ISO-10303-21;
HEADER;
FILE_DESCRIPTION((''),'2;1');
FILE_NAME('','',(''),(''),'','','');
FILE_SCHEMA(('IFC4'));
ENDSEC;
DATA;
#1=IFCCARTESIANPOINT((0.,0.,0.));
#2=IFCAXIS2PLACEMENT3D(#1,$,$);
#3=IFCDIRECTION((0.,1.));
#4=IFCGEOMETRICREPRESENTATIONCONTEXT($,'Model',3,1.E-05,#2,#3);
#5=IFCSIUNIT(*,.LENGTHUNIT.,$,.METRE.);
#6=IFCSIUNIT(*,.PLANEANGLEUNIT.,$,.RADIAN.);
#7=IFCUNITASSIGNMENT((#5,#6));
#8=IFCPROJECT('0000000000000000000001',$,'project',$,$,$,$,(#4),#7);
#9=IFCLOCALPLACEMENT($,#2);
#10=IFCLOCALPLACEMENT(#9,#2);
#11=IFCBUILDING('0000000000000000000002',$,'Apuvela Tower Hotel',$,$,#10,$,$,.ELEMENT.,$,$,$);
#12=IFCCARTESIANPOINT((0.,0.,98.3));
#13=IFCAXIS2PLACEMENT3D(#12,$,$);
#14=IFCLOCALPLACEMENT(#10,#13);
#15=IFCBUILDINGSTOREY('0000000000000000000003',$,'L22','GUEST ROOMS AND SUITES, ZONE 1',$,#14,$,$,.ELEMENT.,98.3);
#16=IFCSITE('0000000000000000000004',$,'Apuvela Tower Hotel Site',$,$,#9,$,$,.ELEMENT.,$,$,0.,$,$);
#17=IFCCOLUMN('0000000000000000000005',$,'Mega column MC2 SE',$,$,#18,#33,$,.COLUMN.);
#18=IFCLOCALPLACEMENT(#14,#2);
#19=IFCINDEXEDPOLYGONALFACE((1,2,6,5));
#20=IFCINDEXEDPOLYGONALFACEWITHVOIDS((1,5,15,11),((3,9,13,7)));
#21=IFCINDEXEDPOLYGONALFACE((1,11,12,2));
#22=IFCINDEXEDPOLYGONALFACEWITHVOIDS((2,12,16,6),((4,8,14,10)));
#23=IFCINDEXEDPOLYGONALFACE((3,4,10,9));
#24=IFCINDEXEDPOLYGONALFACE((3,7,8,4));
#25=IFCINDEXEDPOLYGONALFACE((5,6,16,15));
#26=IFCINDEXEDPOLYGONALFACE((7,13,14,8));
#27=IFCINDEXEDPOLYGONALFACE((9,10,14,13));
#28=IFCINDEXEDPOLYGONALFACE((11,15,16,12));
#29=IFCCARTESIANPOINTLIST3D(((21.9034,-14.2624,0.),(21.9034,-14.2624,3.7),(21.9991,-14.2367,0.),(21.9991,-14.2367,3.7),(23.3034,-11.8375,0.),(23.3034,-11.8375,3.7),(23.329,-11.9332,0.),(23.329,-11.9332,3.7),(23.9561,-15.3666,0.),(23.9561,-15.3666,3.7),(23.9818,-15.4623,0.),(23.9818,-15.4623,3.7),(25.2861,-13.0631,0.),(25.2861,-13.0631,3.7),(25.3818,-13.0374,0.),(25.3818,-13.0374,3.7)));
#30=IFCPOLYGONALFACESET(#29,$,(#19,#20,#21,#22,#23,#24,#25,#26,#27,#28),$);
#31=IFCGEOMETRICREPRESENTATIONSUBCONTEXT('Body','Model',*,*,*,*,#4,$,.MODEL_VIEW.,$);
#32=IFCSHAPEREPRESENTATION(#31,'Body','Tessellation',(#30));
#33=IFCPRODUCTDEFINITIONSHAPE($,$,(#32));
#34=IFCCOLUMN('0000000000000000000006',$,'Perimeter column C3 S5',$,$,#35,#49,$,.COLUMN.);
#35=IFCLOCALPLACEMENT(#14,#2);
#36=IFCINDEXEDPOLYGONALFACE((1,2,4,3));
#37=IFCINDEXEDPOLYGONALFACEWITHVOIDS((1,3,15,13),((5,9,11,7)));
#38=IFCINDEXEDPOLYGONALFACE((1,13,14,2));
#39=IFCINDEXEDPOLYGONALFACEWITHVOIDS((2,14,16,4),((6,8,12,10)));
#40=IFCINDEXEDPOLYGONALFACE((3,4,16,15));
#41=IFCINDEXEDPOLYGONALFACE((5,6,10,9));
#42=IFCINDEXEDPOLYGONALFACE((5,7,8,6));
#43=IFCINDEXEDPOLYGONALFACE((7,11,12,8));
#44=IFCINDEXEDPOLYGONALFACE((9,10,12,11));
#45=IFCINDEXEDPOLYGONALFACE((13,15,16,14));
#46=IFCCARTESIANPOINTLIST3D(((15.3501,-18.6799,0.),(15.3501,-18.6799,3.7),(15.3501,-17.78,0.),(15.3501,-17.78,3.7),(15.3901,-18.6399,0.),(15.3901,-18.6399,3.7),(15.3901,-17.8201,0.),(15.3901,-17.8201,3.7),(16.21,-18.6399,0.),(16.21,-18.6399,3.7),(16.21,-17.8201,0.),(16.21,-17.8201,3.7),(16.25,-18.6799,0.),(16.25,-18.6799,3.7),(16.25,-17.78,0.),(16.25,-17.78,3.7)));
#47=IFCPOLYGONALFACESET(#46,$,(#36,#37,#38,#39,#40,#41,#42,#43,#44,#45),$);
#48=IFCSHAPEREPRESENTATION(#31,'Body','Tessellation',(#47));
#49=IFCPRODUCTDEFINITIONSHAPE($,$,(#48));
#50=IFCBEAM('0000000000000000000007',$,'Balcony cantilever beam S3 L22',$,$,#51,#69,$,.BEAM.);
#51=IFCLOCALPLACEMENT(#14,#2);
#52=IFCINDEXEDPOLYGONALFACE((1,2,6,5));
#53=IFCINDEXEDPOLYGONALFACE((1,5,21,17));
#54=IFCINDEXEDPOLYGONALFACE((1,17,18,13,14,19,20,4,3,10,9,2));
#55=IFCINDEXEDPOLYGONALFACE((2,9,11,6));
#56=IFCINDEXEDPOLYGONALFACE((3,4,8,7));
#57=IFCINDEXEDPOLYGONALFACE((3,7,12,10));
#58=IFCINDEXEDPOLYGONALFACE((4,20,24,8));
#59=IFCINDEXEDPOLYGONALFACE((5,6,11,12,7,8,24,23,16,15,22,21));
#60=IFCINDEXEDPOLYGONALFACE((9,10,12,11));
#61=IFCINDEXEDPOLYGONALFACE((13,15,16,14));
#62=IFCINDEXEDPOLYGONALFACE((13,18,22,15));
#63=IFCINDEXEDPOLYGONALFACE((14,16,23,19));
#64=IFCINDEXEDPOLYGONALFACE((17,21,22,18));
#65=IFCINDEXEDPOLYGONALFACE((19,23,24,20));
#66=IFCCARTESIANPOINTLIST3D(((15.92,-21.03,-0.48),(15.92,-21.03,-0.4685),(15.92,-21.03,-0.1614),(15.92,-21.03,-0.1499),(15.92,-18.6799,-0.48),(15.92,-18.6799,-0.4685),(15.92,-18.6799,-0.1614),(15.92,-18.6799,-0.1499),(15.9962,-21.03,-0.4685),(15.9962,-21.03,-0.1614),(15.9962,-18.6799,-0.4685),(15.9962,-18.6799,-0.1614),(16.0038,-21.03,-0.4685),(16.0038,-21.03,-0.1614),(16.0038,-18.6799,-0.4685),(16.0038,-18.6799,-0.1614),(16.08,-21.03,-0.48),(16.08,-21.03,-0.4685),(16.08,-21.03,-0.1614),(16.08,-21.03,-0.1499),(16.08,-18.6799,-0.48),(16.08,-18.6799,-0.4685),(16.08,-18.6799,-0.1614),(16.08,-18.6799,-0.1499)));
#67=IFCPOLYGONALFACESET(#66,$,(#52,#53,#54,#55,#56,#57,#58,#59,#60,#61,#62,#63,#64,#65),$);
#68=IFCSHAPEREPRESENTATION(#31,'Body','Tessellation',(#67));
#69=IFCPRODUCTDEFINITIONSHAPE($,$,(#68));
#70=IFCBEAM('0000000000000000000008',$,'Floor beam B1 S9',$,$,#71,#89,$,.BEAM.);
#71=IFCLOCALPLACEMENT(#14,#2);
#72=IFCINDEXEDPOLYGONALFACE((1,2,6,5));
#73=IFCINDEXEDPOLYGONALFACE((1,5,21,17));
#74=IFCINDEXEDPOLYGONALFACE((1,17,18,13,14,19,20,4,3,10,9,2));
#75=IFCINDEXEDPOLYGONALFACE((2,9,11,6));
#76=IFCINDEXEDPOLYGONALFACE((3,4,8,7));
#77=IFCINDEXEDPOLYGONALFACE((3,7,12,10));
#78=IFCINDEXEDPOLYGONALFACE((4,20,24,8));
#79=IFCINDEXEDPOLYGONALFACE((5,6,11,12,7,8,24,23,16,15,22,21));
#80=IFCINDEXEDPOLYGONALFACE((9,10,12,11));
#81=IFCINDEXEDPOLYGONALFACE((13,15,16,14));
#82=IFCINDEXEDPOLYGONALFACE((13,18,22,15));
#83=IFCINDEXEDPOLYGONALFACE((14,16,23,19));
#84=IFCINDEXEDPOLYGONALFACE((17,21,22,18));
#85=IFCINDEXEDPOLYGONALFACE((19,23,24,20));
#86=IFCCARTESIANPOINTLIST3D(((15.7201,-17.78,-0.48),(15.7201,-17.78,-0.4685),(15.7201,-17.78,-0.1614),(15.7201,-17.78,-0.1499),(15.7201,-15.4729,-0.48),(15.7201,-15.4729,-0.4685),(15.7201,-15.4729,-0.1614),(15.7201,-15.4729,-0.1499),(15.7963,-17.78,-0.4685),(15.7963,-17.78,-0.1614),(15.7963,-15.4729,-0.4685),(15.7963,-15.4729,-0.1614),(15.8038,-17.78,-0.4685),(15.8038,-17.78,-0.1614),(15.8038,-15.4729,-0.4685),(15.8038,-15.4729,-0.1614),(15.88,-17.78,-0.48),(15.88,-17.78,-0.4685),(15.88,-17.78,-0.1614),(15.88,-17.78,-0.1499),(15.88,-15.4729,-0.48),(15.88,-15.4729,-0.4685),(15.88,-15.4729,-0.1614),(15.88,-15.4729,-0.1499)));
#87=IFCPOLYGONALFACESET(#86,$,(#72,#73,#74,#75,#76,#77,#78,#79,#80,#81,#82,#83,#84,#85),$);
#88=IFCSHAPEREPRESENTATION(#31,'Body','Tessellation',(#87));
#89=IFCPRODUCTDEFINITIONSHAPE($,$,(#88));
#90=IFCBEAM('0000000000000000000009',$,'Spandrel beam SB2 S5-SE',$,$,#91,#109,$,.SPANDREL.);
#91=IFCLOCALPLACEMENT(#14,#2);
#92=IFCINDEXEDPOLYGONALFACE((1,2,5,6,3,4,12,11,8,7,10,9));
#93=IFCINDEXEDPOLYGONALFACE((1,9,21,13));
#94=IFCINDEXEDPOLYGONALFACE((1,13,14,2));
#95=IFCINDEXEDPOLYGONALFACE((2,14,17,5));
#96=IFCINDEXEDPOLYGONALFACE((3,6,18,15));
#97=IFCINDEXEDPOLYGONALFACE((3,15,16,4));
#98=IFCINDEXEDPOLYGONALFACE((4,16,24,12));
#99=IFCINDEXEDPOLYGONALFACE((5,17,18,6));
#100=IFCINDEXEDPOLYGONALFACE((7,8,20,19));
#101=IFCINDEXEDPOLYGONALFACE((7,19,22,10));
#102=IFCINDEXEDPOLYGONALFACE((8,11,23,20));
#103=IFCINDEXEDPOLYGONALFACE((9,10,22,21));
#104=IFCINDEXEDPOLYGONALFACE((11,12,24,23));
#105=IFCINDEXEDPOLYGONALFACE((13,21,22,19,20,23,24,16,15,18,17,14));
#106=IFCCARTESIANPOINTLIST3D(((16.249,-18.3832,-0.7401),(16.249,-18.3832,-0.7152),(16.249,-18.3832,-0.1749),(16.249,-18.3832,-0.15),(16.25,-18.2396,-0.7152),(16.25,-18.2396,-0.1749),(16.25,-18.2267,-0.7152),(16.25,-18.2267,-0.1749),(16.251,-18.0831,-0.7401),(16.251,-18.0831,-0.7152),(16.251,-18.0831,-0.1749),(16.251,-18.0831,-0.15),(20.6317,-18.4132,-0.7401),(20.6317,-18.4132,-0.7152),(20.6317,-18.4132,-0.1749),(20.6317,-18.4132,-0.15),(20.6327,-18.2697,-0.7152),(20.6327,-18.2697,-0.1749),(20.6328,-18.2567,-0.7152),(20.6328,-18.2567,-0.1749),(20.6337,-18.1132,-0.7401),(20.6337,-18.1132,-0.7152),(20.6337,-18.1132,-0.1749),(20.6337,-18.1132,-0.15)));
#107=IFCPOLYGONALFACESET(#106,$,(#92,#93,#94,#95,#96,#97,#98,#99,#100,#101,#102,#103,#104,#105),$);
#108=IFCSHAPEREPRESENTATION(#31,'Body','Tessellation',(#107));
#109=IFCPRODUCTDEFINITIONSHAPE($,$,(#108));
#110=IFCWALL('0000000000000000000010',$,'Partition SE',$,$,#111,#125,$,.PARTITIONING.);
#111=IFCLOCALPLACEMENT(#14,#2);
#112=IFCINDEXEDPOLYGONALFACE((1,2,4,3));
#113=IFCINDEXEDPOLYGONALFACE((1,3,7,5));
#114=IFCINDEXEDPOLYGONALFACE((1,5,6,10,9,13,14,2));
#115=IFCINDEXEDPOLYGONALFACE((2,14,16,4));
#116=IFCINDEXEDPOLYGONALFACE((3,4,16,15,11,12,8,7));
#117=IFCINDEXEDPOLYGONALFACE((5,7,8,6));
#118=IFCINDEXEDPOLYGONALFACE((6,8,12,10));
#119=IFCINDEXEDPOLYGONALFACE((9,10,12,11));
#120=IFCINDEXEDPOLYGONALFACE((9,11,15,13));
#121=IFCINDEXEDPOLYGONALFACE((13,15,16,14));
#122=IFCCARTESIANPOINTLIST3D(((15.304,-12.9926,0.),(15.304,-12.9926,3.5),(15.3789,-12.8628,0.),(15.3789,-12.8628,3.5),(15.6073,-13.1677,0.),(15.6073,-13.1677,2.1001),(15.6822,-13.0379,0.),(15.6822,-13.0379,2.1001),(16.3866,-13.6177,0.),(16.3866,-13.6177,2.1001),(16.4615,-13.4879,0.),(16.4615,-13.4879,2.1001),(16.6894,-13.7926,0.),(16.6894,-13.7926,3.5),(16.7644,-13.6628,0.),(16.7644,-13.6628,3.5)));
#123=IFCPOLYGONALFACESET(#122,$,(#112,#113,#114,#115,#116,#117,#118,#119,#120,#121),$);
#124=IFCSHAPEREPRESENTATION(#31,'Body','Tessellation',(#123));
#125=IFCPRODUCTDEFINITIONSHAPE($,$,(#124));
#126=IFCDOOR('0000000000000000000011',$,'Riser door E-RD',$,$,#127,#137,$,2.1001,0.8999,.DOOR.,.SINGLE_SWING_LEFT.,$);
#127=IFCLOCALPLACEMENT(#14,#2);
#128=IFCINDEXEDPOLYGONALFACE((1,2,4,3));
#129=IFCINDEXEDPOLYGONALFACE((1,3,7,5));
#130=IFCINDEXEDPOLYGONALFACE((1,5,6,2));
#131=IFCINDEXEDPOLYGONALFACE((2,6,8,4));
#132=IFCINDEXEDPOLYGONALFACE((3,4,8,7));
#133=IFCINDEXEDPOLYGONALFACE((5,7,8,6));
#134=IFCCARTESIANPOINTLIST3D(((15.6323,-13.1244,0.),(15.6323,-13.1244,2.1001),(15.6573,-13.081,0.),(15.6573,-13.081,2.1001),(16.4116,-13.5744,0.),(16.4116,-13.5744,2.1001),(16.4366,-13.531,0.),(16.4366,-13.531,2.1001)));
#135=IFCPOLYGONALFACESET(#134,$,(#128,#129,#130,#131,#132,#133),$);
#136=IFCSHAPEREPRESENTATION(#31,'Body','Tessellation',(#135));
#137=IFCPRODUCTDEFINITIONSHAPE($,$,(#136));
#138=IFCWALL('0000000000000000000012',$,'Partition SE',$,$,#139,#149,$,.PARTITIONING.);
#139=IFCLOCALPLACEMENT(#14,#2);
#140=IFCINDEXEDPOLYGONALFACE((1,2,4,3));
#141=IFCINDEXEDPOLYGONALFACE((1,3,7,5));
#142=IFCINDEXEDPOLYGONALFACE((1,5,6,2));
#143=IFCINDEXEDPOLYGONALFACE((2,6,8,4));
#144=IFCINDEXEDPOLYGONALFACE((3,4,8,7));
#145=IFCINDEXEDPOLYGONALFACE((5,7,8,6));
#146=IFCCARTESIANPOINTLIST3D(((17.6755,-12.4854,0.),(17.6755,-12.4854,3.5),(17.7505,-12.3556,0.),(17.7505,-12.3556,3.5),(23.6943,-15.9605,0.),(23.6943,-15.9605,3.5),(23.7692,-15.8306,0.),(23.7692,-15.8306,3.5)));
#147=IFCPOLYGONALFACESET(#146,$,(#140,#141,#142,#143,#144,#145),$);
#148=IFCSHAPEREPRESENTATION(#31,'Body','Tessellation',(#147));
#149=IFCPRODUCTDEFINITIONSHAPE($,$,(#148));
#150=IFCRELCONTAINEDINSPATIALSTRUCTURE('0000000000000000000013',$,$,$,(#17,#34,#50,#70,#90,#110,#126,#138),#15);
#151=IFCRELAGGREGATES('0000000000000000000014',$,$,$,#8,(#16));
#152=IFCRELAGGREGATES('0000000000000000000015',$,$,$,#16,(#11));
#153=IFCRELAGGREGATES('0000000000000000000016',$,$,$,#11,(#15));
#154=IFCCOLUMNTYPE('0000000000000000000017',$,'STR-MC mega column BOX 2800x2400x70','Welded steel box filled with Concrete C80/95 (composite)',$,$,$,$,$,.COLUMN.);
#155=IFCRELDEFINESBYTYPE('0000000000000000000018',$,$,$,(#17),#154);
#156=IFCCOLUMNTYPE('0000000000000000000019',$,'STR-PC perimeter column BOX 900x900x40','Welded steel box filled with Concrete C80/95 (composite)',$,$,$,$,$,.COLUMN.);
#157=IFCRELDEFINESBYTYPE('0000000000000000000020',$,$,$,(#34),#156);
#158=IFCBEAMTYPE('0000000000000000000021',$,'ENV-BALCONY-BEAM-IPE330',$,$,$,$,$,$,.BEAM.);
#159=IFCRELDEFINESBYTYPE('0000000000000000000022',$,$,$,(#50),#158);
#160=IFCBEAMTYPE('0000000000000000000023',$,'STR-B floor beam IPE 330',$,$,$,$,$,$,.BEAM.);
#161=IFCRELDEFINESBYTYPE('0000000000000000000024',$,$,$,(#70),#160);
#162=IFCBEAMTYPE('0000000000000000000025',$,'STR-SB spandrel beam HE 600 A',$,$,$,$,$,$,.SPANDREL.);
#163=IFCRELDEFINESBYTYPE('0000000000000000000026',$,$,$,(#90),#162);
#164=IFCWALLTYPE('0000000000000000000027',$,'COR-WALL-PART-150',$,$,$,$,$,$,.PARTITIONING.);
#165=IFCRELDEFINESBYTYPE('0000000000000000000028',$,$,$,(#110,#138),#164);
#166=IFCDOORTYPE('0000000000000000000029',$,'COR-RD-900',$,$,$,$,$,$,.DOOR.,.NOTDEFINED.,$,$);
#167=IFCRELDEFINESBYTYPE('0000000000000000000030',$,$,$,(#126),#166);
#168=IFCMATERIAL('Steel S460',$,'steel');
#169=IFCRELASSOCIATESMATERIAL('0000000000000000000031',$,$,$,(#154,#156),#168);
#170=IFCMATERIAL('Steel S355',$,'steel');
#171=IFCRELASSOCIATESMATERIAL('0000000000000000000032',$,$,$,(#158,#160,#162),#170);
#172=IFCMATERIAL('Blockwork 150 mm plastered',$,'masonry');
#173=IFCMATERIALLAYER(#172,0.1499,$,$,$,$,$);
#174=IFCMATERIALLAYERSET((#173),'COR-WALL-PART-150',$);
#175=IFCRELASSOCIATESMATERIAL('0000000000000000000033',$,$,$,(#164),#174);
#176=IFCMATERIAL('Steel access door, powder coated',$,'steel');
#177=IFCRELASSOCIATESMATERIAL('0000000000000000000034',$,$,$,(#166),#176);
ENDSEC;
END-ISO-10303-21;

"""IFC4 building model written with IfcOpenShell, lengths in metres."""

from ifc_helpers import new_model, si_unit, direction, frame, frame_2d, origin, origin_2d, place, context, subcontext, project, spatial, rectangle, hollow_rectangle, i_section, extrude, material, layer, layer_set, material_profile, profile_set, type_object, element, fill, save


model = new_model("IFC4")

# Units and contexts
model_context = context("Model", 3, precision=1e-05, world=origin(), true_north=direction((0.0, 1.0)))
body_context = subcontext(model_context, "Body", "Model", "MODEL_VIEW")
ifc_project = project(units=[si_unit("LENGTHUNIT", "METRE"), si_unit("PLANEANGLEUNIT", "RADIAN")], contexts=[model_context])

# Site, building, storey
site_placement = place(None, origin())
site = spatial("IfcSite", under=ifc_project, at=site_placement, Name="Apuvela Tower Hotel Site", CompositionType="ELEMENT", RefElevation=0.0)
building_placement = place(site_placement, origin())
building = spatial("IfcBuilding", under=site, at=building_placement, Name="Apuvela Tower Hotel", CompositionType="ELEMENT")
storey_placement = place(building_placement, frame((0.0, 0.0, 98.3)))
storey = spatial("IfcBuildingStorey", under=building, at=storey_placement, Name="L22", Description="GUEST ROOMS AND SUITES, ZONE 1", CompositionType="ELEMENT", Elevation=98.3)

# Columns
ifc_material_1 = material(Name="Steel S460", Category="steel")
ifc_material_profile_1 = material_profile(ifc_material_1, hollow_rectangle(XDim=2.8, YDim=2.3999, WallThickness=0.0701, at=origin_2d()), Name="BOX 2800x2400x70")
ifc_material_2 = material(Name="Concrete C80/95", Category="concrete")
ifc_material_profile_2 = material_profile(ifc_material_2, rectangle(XDim=2.6599, YDim=2.26, at=origin_2d()), Name="Concrete C80/95 infill")
ifc_profile_set_1 = profile_set([ifc_material_profile_1, ifc_material_profile_2], Name="Steel S460")
column_type_1 = type_object("IfcColumnType", Name="STR-MC mega column BOX 2800x2400x70", Description="Welded steel box filled with Concrete C80/95 (composite)", PredefinedType="COLUMN", material=ifc_profile_set_1)
column_1_placement = place(storey_placement, frame((23.6426, -13.6499, 0.0), z_axis=(0.0, 0.0, 1.0), x_axis=(0.5, 0.866025, 0.0)))
element("IfcColumn", 1, at=column_1_placement, inside=storey, type_object=column_type_1, Name="Mega column MC2 SE", PredefinedType="COLUMN", context=body_context, shape_type="SweptSolid", body=[
    extrude(hollow_rectangle(XDim=2.8, YDim=2.3999, WallThickness=0.0701, at=origin_2d()), origin(), (0.0, 0.0, 1.0), 3.7),
])
ifc_material_profile_3 = material_profile(ifc_material_1, hollow_rectangle(XDim=0.8999, YDim=0.8999, WallThickness=0.04, at=origin_2d()), Name="BOX 900x900x40")
ifc_material_profile_4 = material_profile(ifc_material_2, rectangle(XDim=0.8201, YDim=0.8201, at=origin_2d()), Name="Concrete C80/95 infill")
ifc_profile_set_2 = profile_set([ifc_material_profile_3, ifc_material_profile_4], Name="Steel S460")
column_type_2 = type_object("IfcColumnType", Name="STR-PC perimeter column BOX 900x900x40", Description="Welded steel box filled with Concrete C80/95 (composite)", PredefinedType="COLUMN", material=ifc_profile_set_2)
column_2_placement = place(storey_placement, frame((15.8, -18.23, 0.0), z_axis=(0.0, 0.0, 1.0), x_axis=(-1.0, 0.0, 0.0)))
element("IfcColumn", 2, at=column_2_placement, inside=storey, type_object=column_type_2, Name="Perimeter column C3 S5", PredefinedType="COLUMN", context=body_context, shape_type="SweptSolid", body=[
    extrude(hollow_rectangle(XDim=0.8999, YDim=0.8999, WallThickness=0.04, at=origin_2d()), origin(), (0.0, 0.0, 1.0), 3.7),
])

# Beams
ifc_material_3 = material(Name="Steel S355", Category="steel")
ifc_material_profile_5 = material_profile(ifc_material_3, i_section(OverallWidth=0.1599, OverallDepth=0.3301, WebThickness=0.0076, FlangeThickness=0.0115, at=origin_2d()), Name="IPE 330")
ifc_profile_set_3 = profile_set([ifc_material_profile_5], Name="Steel S355")
beam_type_1 = type_object("IfcBeamType", Name="ENV-BALCONY-BEAM-IPE330", PredefinedType="BEAM", material=ifc_profile_set_3)
beam_1_placement = place(storey_placement, frame((16.0, -18.6799, -0.3149), z_axis=(0.0, -1.0, 0.0), x_axis=(1.0, 0.0, 0.0)))
element("IfcBeam", 3, at=beam_1_placement, inside=storey, type_object=beam_type_1, Name="Balcony cantilever beam S3 L22", PredefinedType="BEAM", context=body_context, shape_type="SweptSolid", body=[
    extrude(i_section(OverallWidth=0.1599, OverallDepth=0.3301, WebThickness=0.0076, FlangeThickness=0.0115, at=origin_2d()), origin(), (0.0, 0.0, 1.0), 2.3501),
])
ifc_material_profile_6 = material_profile(ifc_material_3, i_section(OverallWidth=0.1599, OverallDepth=0.3301, WebThickness=0.0076, FlangeThickness=0.0115, at=origin_2d()), Name="IPE 330")
ifc_profile_set_4 = profile_set([ifc_material_profile_6], Name="Steel S355")
beam_type_2 = type_object("IfcBeamType", Name="STR-B floor beam IPE 330", PredefinedType="BEAM", material=ifc_profile_set_4)
beam_2_placement = place(storey_placement, frame((15.8, -17.78, -0.3149), z_axis=(0.0, 1.0, 0.0), x_axis=(-1.0, 0.0, 0.0)))
element("IfcBeam", 4, at=beam_2_placement, inside=storey, type_object=beam_type_2, Name="Floor beam B1 S9", PredefinedType="BEAM", context=body_context, shape_type="SweptSolid", body=[
    extrude(i_section(OverallWidth=0.1599, OverallDepth=0.3301, WebThickness=0.0076, FlangeThickness=0.0115, at=origin_2d()), origin(), (0.0, 0.0, 1.0), 2.3071),
])
ifc_material_profile_7 = material_profile(ifc_material_3, i_section(OverallWidth=0.3, OverallDepth=0.5901, WebThickness=0.0129, FlangeThickness=0.0249, at=origin_2d()), Name="HE 600 A")
ifc_profile_set_5 = profile_set([ifc_material_profile_7], Name="Steel S355")
beam_type_3 = type_object("IfcBeamType", Name="STR-SB spandrel beam HE 600 A", PredefinedType="SPANDREL", material=ifc_profile_set_5)
beam_3_placement = place(storey_placement, frame((16.25, -18.2332, -0.4451), z_axis=(0.999977, -0.006851, 0.0), x_axis=(0.006851, 0.999977, 0.0)))
element("IfcBeam", 5, at=beam_3_placement, inside=storey, type_object=beam_type_3, Name="Spandrel beam SB2 S5-SE", PredefinedType="SPANDREL", context=body_context, shape_type="SweptSolid", body=[
    extrude(i_section(OverallWidth=0.3, OverallDepth=0.5901, WebThickness=0.0129, FlangeThickness=0.0249, at=origin_2d()), origin(), (0.0, 0.0, 1.0), 4.3828),
])

# Wall, opening, door
ifc_material_4 = material(Name="Blockwork 150 mm plastered", Category="masonry")
ifc_layer_1 = layer(ifc_material_4, 0.1499)
ifc_layer_set_1 = layer_set([ifc_layer_1], Name="COR-WALL-PART-150")
wall_type_1 = type_object("IfcWallType", Name="COR-WALL-PART-150", PredefinedType="PARTITIONING", material=ifc_layer_set_1)
wall_1_placement = place(storey_placement, frame((15.3416, -12.9277, 0.0), z_axis=(0.0, 0.0, 1.0), x_axis=(0.86599, -0.500061, 0.0)))
wall_1 = element("IfcWall", 6, at=wall_1_placement, inside=storey, type_object=wall_type_1, Name="Partition SE", PredefinedType="PARTITIONING", context=body_context, shape_type="SweptSolid", body=[
    extrude(rectangle(XDim=1.5999, YDim=0.1499, at=frame_2d((0.7998, 0.0))), origin(), (0.0, 0.0, 1.0), 3.5),
])
opening_1_placement = place(wall_1_placement, frame((0.3501, 0.0, 0.0)))
opening_1 = element("IfcOpeningElement", 7, at=opening_1_placement, cuts=wall_1, PredefinedType="OPENING", context=body_context, shape_type="SweptSolid", body=[
    extrude(rectangle(XDim=0.8999, YDim=2.1001, at=frame_2d((0.45, 1.05))), frame((0.0, 0.085, 0.0), z_axis=(0.0, -1.0, 0.0), x_axis=(1.0, 0.0, 0.0)), (0.0, 0.0, 1.0), 0.1699),
])
ifc_material_5 = material(Name="Steel access door, powder coated", Category="steel")
door_type_1 = type_object("IfcDoorType", Name="COR-RD-900", OperationType="NOTDEFINED", PredefinedType="DOOR", material=ifc_material_5)
door_1_placement = place(opening_1_placement, frame((0.8999, 0.0, 0.0), z_axis=(0.0, 0.0, 1.0), x_axis=(-1.0, 0.0, 0.0)))
door_1 = element("IfcDoor", 8, at=door_1_placement, inside=storey, type_object=door_type_1, Name="Riser door E-RD", OperationType="SINGLE_SWING_LEFT", OverallHeight=2.1001, OverallWidth=0.8999, PredefinedType="DOOR", context=body_context, shape_type="SweptSolid", body=[
    extrude(rectangle(XDim=0.8999, YDim=2.1001, at=frame_2d((0.45, 1.05))), frame((0.0, 0.0249, 0.0), z_axis=(0.0, -1.0, 0.0), x_axis=(1.0, 0.0, 0.0)), (0.0, 0.0, 1.0), 0.05),
])
fill(opening_1, door_1)

# Wall
wall_2_placement = place(storey_placement, frame((17.7129, -12.4204, 0.0), z_axis=(0.0, 0.0, 1.0), x_axis=(0.866017, -0.500015, 0.0)))
element("IfcWall", 9, at=wall_2_placement, inside=storey, type_object=wall_type_1, Name="Partition SE", PredefinedType="PARTITIONING", context=body_context, shape_type="SweptSolid", body=[
    extrude(rectangle(XDim=6.95, YDim=0.1499, at=frame_2d((3.4751, 0.0))), origin(), (0.0, 0.0, 1.0), 3.5),
])

save(model, "model.ifc")
